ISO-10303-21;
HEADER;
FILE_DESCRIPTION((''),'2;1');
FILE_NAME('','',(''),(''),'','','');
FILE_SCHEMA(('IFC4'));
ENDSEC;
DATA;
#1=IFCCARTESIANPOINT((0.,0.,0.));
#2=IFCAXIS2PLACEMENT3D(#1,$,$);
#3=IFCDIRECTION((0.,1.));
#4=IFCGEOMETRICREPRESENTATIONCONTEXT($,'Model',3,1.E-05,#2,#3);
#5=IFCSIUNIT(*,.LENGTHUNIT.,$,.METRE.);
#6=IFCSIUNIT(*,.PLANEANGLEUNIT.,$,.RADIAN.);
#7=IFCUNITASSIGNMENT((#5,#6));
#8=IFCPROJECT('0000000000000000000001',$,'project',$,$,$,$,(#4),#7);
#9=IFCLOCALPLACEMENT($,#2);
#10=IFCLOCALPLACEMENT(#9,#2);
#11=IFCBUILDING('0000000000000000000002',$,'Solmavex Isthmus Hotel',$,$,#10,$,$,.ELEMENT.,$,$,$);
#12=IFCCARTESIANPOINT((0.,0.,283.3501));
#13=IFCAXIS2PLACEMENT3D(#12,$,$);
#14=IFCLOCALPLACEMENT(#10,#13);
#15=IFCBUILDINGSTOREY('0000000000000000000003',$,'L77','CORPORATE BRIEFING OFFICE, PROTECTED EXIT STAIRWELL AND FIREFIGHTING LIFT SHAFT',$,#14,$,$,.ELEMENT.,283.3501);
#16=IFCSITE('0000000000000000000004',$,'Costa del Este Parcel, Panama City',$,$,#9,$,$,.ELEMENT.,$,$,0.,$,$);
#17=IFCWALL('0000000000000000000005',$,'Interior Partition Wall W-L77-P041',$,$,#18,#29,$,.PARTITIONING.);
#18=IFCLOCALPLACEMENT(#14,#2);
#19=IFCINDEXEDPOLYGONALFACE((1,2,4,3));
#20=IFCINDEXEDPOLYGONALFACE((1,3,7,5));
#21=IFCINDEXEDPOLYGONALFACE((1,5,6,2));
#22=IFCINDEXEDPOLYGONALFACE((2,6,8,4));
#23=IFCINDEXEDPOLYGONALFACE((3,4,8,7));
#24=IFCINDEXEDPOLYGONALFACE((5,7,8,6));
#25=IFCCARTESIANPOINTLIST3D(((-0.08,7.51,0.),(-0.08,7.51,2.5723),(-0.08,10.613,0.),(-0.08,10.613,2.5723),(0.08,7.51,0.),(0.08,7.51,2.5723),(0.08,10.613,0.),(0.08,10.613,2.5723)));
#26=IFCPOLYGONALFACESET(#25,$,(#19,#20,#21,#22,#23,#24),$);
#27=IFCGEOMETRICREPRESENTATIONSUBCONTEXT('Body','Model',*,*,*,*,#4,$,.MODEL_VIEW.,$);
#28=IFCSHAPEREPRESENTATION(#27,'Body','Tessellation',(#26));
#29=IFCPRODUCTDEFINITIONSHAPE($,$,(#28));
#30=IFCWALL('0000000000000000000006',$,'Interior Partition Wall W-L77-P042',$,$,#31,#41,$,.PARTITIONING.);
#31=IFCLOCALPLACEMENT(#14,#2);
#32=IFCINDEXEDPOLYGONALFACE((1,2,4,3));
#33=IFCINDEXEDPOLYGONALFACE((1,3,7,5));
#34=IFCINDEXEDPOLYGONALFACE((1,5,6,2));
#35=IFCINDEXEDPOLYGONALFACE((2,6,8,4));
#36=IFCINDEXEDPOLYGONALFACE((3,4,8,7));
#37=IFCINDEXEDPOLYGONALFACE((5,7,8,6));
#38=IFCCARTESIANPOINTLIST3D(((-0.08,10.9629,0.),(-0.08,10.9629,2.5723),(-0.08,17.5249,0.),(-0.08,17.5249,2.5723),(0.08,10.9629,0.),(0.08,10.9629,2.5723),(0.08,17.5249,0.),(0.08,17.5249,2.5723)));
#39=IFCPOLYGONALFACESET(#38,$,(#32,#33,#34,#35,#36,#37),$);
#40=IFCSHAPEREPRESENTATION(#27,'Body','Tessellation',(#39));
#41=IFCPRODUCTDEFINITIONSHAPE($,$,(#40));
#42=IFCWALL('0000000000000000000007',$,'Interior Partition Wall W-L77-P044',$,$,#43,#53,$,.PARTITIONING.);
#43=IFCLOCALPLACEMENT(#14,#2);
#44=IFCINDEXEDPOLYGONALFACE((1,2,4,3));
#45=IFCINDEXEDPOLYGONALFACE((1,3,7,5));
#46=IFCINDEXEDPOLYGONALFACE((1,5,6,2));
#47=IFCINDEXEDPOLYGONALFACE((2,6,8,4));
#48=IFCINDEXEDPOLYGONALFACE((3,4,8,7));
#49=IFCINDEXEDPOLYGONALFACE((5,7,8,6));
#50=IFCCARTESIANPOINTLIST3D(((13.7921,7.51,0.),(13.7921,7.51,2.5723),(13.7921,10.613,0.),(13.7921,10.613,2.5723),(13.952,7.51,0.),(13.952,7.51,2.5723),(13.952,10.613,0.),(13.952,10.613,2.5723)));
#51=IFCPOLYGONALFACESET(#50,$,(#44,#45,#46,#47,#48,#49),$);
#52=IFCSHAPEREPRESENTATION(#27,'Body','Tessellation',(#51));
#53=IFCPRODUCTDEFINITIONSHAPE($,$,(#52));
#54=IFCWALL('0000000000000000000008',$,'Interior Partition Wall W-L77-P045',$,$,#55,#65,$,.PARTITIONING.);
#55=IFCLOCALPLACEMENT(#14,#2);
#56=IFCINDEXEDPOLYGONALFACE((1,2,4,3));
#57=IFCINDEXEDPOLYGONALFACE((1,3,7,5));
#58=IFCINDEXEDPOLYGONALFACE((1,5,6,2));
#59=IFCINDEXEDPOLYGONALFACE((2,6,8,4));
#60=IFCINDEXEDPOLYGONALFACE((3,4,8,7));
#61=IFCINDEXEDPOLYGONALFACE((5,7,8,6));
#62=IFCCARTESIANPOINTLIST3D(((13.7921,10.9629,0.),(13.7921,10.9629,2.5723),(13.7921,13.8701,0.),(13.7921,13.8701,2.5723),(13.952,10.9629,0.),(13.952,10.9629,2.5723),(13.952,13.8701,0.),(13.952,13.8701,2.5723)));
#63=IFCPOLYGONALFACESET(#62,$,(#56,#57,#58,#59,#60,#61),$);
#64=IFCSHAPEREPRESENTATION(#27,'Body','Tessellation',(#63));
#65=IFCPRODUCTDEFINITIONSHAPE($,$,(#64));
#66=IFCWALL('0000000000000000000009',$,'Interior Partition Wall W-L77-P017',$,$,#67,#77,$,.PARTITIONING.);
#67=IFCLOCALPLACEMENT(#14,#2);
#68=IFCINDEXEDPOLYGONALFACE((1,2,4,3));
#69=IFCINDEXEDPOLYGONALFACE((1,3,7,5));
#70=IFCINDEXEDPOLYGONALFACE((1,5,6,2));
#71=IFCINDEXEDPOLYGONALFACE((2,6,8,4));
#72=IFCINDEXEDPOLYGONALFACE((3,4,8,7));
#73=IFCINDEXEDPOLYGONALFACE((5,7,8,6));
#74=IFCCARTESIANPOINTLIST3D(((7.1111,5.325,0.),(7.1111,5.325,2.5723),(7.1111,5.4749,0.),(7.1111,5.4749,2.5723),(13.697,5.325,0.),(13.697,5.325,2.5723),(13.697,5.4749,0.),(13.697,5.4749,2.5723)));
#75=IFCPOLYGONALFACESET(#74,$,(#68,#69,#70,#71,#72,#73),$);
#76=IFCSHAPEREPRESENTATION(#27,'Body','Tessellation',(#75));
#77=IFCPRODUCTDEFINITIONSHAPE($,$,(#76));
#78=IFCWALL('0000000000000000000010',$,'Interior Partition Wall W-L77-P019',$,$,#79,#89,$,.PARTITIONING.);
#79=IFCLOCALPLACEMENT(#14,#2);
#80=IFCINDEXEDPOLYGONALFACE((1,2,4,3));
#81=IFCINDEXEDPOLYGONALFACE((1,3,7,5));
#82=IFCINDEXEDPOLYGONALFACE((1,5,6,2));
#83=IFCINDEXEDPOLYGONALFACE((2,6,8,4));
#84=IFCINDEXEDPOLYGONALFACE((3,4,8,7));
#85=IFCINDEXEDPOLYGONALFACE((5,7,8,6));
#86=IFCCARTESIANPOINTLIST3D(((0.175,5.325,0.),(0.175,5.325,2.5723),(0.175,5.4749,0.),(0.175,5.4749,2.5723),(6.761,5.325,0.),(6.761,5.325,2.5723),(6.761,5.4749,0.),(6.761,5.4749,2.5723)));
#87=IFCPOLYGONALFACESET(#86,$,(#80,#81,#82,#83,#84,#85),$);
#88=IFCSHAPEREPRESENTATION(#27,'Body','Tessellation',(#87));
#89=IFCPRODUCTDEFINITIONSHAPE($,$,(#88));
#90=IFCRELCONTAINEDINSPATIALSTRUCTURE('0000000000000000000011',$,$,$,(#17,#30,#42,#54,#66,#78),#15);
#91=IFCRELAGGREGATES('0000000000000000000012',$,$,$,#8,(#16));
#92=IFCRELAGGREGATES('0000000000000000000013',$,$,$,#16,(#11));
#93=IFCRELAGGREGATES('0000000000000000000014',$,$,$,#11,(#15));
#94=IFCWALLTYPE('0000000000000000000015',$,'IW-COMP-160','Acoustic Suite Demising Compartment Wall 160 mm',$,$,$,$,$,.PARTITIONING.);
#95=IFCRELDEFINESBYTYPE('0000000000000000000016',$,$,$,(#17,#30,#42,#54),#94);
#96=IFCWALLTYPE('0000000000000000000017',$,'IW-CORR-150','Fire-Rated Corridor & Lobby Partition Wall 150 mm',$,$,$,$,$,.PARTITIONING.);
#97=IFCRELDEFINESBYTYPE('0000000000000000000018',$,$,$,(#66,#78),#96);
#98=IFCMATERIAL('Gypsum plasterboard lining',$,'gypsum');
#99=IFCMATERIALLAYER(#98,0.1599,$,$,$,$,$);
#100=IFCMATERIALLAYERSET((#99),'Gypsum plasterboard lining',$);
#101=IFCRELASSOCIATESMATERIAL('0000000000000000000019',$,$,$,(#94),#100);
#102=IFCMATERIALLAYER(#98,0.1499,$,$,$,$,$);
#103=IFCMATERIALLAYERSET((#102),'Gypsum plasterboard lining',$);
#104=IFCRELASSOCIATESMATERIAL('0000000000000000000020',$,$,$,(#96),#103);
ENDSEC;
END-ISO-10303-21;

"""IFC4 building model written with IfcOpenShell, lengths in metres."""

from ifc_helpers import new_model, si_unit, direction, frame, frame_2d, origin, place, context, subcontext, project, spatial, rectangle, extrude, material, layer, layer_set, type_object, element, save


model = new_model("IFC4")

# Units and contexts
model_context = context("Model", 3, precision=1e-05, world=origin(), true_north=direction((0.0, 1.0)))
body_context = subcontext(model_context, "Body", "Model", "MODEL_VIEW")
ifc_project = project(units=[si_unit("LENGTHUNIT", "METRE"), si_unit("PLANEANGLEUNIT", "RADIAN")], contexts=[model_context])

# Site, building, storey
site_placement = place(None, origin())
site = spatial("IfcSite", under=ifc_project, at=site_placement, Name="Costa del Este Parcel, Panama City", CompositionType="ELEMENT", RefElevation=0.0)
building_placement = place(site_placement, origin())
building = spatial("IfcBuilding", under=site, at=building_placement, Name="Solmavex Isthmus Hotel", CompositionType="ELEMENT")
storey_placement = place(building_placement, frame((0.0, 0.0, 283.3501)))
storey = spatial("IfcBuildingStorey", under=building, at=storey_placement, Name="L77", Description="CORPORATE BRIEFING OFFICE, PROTECTED EXIT STAIRWELL AND FIREFIGHTING LIFT SHAFT", CompositionType="ELEMENT", Elevation=283.3501)

# Walls
ifc_material_1 = material(Name="Gypsum plasterboard lining", Category="gypsum")
ifc_layer_1 = layer(ifc_material_1, 0.1599)
ifc_layer_set_1 = layer_set([ifc_layer_1], Name="Gypsum plasterboard lining")
wall_type_1 = type_object("IfcWallType", Name="IW-COMP-160", Description="Acoustic Suite Demising Compartment Wall 160 mm", PredefinedType="PARTITIONING", material=ifc_layer_set_1)
wall_1_placement = place(storey_placement, frame((0.0, 10.613, 0.0), z_axis=(0.0, 0.0, 1.0), x_axis=(0.0, -1.0, 0.0)))
element("IfcWall", 1, at=wall_1_placement, inside=storey, type_object=wall_type_1, Name="Interior Partition Wall W-L77-P041", PredefinedType="PARTITIONING", context=body_context, shape_type="SweptSolid", body=[
    extrude(rectangle(XDim=3.103, YDim=0.1599, at=frame_2d((1.5515, 0.0))), origin(), (0.0, 0.0, 1.0), 2.5723),
])
wall_2_placement = place(storey_placement, frame((0.0, 17.5249, 0.0), z_axis=(0.0, 0.0, 1.0), x_axis=(0.0, -1.0, 0.0)))
element("IfcWall", 2, at=wall_2_placement, inside=storey, type_object=wall_type_1, Name="Interior Partition Wall W-L77-P042", PredefinedType="PARTITIONING", context=body_context, shape_type="SweptSolid", body=[
    extrude(rectangle(XDim=6.562, YDim=0.1599, at=frame_2d((3.281, 0.0))), origin(), (0.0, 0.0, 1.0), 2.5723),
])
wall_3_placement = place(storey_placement, frame((13.8721, 10.613, 0.0), z_axis=(0.0, 0.0, 1.0), x_axis=(0.0, -1.0, 0.0)))
element("IfcWall", 3, at=wall_3_placement, inside=storey, type_object=wall_type_1, Name="Interior Partition Wall W-L77-P044", PredefinedType="PARTITIONING", context=body_context, shape_type="SweptSolid", body=[
    extrude(rectangle(XDim=3.103, YDim=0.1599, at=frame_2d((1.5515, 0.0))), origin(), (0.0, 0.0, 1.0), 2.5723),
])
wall_4_placement = place(storey_placement, frame((13.8721, 13.8701, 0.0), z_axis=(0.0, 0.0, 1.0), x_axis=(0.0, -1.0, 0.0)))
element("IfcWall", 4, at=wall_4_placement, inside=storey, type_object=wall_type_1, Name="Interior Partition Wall W-L77-P045", PredefinedType="PARTITIONING", context=body_context, shape_type="SweptSolid", body=[
    extrude(rectangle(XDim=2.9072, YDim=0.1599, at=frame_2d((1.4536, 0.0))), origin(), (0.0, 0.0, 1.0), 2.5723),
])

# Shared definitions
ifc_layer_2 = layer(ifc_material_1, 0.1499)
ifc_layer_set_2 = layer_set([ifc_layer_2], Name="Gypsum plasterboard lining")
wall_type_2 = type_object("IfcWallType", Name="IW-CORR-150", Description="Fire-Rated Corridor & Lobby Partition Wall 150 mm", PredefinedType="PARTITIONING", material=ifc_layer_set_2)

# Walls
for number, where, z_axis, x_axis, name in (
    (5, (13.697, 5.3999, 0.0), (0.0, 0.0, 1.0), (-1.0, 0.0, 0.0), "Interior Partition Wall W-L77-P017"),
    (6, (6.761, 5.3999, 0.0), (0.0, 0.0, 1.0), (-1.0, 0.0, 0.0), "Interior Partition Wall W-L77-P019"),
):
    element("IfcWall", number, at=place(storey_placement, frame(where, z_axis=z_axis, x_axis=x_axis)), inside=storey, type_object=wall_type_2, Name=name, PredefinedType="PARTITIONING", context=body_context, shape_type="SweptSolid", body=[
        extrude(rectangle(XDim=6.5859, YDim=0.1499, at=frame_2d((3.293, 0.0))), origin(), (0.0, 0.0, 1.0), 2.5723),
    ])

save(model, "model.ifc")
